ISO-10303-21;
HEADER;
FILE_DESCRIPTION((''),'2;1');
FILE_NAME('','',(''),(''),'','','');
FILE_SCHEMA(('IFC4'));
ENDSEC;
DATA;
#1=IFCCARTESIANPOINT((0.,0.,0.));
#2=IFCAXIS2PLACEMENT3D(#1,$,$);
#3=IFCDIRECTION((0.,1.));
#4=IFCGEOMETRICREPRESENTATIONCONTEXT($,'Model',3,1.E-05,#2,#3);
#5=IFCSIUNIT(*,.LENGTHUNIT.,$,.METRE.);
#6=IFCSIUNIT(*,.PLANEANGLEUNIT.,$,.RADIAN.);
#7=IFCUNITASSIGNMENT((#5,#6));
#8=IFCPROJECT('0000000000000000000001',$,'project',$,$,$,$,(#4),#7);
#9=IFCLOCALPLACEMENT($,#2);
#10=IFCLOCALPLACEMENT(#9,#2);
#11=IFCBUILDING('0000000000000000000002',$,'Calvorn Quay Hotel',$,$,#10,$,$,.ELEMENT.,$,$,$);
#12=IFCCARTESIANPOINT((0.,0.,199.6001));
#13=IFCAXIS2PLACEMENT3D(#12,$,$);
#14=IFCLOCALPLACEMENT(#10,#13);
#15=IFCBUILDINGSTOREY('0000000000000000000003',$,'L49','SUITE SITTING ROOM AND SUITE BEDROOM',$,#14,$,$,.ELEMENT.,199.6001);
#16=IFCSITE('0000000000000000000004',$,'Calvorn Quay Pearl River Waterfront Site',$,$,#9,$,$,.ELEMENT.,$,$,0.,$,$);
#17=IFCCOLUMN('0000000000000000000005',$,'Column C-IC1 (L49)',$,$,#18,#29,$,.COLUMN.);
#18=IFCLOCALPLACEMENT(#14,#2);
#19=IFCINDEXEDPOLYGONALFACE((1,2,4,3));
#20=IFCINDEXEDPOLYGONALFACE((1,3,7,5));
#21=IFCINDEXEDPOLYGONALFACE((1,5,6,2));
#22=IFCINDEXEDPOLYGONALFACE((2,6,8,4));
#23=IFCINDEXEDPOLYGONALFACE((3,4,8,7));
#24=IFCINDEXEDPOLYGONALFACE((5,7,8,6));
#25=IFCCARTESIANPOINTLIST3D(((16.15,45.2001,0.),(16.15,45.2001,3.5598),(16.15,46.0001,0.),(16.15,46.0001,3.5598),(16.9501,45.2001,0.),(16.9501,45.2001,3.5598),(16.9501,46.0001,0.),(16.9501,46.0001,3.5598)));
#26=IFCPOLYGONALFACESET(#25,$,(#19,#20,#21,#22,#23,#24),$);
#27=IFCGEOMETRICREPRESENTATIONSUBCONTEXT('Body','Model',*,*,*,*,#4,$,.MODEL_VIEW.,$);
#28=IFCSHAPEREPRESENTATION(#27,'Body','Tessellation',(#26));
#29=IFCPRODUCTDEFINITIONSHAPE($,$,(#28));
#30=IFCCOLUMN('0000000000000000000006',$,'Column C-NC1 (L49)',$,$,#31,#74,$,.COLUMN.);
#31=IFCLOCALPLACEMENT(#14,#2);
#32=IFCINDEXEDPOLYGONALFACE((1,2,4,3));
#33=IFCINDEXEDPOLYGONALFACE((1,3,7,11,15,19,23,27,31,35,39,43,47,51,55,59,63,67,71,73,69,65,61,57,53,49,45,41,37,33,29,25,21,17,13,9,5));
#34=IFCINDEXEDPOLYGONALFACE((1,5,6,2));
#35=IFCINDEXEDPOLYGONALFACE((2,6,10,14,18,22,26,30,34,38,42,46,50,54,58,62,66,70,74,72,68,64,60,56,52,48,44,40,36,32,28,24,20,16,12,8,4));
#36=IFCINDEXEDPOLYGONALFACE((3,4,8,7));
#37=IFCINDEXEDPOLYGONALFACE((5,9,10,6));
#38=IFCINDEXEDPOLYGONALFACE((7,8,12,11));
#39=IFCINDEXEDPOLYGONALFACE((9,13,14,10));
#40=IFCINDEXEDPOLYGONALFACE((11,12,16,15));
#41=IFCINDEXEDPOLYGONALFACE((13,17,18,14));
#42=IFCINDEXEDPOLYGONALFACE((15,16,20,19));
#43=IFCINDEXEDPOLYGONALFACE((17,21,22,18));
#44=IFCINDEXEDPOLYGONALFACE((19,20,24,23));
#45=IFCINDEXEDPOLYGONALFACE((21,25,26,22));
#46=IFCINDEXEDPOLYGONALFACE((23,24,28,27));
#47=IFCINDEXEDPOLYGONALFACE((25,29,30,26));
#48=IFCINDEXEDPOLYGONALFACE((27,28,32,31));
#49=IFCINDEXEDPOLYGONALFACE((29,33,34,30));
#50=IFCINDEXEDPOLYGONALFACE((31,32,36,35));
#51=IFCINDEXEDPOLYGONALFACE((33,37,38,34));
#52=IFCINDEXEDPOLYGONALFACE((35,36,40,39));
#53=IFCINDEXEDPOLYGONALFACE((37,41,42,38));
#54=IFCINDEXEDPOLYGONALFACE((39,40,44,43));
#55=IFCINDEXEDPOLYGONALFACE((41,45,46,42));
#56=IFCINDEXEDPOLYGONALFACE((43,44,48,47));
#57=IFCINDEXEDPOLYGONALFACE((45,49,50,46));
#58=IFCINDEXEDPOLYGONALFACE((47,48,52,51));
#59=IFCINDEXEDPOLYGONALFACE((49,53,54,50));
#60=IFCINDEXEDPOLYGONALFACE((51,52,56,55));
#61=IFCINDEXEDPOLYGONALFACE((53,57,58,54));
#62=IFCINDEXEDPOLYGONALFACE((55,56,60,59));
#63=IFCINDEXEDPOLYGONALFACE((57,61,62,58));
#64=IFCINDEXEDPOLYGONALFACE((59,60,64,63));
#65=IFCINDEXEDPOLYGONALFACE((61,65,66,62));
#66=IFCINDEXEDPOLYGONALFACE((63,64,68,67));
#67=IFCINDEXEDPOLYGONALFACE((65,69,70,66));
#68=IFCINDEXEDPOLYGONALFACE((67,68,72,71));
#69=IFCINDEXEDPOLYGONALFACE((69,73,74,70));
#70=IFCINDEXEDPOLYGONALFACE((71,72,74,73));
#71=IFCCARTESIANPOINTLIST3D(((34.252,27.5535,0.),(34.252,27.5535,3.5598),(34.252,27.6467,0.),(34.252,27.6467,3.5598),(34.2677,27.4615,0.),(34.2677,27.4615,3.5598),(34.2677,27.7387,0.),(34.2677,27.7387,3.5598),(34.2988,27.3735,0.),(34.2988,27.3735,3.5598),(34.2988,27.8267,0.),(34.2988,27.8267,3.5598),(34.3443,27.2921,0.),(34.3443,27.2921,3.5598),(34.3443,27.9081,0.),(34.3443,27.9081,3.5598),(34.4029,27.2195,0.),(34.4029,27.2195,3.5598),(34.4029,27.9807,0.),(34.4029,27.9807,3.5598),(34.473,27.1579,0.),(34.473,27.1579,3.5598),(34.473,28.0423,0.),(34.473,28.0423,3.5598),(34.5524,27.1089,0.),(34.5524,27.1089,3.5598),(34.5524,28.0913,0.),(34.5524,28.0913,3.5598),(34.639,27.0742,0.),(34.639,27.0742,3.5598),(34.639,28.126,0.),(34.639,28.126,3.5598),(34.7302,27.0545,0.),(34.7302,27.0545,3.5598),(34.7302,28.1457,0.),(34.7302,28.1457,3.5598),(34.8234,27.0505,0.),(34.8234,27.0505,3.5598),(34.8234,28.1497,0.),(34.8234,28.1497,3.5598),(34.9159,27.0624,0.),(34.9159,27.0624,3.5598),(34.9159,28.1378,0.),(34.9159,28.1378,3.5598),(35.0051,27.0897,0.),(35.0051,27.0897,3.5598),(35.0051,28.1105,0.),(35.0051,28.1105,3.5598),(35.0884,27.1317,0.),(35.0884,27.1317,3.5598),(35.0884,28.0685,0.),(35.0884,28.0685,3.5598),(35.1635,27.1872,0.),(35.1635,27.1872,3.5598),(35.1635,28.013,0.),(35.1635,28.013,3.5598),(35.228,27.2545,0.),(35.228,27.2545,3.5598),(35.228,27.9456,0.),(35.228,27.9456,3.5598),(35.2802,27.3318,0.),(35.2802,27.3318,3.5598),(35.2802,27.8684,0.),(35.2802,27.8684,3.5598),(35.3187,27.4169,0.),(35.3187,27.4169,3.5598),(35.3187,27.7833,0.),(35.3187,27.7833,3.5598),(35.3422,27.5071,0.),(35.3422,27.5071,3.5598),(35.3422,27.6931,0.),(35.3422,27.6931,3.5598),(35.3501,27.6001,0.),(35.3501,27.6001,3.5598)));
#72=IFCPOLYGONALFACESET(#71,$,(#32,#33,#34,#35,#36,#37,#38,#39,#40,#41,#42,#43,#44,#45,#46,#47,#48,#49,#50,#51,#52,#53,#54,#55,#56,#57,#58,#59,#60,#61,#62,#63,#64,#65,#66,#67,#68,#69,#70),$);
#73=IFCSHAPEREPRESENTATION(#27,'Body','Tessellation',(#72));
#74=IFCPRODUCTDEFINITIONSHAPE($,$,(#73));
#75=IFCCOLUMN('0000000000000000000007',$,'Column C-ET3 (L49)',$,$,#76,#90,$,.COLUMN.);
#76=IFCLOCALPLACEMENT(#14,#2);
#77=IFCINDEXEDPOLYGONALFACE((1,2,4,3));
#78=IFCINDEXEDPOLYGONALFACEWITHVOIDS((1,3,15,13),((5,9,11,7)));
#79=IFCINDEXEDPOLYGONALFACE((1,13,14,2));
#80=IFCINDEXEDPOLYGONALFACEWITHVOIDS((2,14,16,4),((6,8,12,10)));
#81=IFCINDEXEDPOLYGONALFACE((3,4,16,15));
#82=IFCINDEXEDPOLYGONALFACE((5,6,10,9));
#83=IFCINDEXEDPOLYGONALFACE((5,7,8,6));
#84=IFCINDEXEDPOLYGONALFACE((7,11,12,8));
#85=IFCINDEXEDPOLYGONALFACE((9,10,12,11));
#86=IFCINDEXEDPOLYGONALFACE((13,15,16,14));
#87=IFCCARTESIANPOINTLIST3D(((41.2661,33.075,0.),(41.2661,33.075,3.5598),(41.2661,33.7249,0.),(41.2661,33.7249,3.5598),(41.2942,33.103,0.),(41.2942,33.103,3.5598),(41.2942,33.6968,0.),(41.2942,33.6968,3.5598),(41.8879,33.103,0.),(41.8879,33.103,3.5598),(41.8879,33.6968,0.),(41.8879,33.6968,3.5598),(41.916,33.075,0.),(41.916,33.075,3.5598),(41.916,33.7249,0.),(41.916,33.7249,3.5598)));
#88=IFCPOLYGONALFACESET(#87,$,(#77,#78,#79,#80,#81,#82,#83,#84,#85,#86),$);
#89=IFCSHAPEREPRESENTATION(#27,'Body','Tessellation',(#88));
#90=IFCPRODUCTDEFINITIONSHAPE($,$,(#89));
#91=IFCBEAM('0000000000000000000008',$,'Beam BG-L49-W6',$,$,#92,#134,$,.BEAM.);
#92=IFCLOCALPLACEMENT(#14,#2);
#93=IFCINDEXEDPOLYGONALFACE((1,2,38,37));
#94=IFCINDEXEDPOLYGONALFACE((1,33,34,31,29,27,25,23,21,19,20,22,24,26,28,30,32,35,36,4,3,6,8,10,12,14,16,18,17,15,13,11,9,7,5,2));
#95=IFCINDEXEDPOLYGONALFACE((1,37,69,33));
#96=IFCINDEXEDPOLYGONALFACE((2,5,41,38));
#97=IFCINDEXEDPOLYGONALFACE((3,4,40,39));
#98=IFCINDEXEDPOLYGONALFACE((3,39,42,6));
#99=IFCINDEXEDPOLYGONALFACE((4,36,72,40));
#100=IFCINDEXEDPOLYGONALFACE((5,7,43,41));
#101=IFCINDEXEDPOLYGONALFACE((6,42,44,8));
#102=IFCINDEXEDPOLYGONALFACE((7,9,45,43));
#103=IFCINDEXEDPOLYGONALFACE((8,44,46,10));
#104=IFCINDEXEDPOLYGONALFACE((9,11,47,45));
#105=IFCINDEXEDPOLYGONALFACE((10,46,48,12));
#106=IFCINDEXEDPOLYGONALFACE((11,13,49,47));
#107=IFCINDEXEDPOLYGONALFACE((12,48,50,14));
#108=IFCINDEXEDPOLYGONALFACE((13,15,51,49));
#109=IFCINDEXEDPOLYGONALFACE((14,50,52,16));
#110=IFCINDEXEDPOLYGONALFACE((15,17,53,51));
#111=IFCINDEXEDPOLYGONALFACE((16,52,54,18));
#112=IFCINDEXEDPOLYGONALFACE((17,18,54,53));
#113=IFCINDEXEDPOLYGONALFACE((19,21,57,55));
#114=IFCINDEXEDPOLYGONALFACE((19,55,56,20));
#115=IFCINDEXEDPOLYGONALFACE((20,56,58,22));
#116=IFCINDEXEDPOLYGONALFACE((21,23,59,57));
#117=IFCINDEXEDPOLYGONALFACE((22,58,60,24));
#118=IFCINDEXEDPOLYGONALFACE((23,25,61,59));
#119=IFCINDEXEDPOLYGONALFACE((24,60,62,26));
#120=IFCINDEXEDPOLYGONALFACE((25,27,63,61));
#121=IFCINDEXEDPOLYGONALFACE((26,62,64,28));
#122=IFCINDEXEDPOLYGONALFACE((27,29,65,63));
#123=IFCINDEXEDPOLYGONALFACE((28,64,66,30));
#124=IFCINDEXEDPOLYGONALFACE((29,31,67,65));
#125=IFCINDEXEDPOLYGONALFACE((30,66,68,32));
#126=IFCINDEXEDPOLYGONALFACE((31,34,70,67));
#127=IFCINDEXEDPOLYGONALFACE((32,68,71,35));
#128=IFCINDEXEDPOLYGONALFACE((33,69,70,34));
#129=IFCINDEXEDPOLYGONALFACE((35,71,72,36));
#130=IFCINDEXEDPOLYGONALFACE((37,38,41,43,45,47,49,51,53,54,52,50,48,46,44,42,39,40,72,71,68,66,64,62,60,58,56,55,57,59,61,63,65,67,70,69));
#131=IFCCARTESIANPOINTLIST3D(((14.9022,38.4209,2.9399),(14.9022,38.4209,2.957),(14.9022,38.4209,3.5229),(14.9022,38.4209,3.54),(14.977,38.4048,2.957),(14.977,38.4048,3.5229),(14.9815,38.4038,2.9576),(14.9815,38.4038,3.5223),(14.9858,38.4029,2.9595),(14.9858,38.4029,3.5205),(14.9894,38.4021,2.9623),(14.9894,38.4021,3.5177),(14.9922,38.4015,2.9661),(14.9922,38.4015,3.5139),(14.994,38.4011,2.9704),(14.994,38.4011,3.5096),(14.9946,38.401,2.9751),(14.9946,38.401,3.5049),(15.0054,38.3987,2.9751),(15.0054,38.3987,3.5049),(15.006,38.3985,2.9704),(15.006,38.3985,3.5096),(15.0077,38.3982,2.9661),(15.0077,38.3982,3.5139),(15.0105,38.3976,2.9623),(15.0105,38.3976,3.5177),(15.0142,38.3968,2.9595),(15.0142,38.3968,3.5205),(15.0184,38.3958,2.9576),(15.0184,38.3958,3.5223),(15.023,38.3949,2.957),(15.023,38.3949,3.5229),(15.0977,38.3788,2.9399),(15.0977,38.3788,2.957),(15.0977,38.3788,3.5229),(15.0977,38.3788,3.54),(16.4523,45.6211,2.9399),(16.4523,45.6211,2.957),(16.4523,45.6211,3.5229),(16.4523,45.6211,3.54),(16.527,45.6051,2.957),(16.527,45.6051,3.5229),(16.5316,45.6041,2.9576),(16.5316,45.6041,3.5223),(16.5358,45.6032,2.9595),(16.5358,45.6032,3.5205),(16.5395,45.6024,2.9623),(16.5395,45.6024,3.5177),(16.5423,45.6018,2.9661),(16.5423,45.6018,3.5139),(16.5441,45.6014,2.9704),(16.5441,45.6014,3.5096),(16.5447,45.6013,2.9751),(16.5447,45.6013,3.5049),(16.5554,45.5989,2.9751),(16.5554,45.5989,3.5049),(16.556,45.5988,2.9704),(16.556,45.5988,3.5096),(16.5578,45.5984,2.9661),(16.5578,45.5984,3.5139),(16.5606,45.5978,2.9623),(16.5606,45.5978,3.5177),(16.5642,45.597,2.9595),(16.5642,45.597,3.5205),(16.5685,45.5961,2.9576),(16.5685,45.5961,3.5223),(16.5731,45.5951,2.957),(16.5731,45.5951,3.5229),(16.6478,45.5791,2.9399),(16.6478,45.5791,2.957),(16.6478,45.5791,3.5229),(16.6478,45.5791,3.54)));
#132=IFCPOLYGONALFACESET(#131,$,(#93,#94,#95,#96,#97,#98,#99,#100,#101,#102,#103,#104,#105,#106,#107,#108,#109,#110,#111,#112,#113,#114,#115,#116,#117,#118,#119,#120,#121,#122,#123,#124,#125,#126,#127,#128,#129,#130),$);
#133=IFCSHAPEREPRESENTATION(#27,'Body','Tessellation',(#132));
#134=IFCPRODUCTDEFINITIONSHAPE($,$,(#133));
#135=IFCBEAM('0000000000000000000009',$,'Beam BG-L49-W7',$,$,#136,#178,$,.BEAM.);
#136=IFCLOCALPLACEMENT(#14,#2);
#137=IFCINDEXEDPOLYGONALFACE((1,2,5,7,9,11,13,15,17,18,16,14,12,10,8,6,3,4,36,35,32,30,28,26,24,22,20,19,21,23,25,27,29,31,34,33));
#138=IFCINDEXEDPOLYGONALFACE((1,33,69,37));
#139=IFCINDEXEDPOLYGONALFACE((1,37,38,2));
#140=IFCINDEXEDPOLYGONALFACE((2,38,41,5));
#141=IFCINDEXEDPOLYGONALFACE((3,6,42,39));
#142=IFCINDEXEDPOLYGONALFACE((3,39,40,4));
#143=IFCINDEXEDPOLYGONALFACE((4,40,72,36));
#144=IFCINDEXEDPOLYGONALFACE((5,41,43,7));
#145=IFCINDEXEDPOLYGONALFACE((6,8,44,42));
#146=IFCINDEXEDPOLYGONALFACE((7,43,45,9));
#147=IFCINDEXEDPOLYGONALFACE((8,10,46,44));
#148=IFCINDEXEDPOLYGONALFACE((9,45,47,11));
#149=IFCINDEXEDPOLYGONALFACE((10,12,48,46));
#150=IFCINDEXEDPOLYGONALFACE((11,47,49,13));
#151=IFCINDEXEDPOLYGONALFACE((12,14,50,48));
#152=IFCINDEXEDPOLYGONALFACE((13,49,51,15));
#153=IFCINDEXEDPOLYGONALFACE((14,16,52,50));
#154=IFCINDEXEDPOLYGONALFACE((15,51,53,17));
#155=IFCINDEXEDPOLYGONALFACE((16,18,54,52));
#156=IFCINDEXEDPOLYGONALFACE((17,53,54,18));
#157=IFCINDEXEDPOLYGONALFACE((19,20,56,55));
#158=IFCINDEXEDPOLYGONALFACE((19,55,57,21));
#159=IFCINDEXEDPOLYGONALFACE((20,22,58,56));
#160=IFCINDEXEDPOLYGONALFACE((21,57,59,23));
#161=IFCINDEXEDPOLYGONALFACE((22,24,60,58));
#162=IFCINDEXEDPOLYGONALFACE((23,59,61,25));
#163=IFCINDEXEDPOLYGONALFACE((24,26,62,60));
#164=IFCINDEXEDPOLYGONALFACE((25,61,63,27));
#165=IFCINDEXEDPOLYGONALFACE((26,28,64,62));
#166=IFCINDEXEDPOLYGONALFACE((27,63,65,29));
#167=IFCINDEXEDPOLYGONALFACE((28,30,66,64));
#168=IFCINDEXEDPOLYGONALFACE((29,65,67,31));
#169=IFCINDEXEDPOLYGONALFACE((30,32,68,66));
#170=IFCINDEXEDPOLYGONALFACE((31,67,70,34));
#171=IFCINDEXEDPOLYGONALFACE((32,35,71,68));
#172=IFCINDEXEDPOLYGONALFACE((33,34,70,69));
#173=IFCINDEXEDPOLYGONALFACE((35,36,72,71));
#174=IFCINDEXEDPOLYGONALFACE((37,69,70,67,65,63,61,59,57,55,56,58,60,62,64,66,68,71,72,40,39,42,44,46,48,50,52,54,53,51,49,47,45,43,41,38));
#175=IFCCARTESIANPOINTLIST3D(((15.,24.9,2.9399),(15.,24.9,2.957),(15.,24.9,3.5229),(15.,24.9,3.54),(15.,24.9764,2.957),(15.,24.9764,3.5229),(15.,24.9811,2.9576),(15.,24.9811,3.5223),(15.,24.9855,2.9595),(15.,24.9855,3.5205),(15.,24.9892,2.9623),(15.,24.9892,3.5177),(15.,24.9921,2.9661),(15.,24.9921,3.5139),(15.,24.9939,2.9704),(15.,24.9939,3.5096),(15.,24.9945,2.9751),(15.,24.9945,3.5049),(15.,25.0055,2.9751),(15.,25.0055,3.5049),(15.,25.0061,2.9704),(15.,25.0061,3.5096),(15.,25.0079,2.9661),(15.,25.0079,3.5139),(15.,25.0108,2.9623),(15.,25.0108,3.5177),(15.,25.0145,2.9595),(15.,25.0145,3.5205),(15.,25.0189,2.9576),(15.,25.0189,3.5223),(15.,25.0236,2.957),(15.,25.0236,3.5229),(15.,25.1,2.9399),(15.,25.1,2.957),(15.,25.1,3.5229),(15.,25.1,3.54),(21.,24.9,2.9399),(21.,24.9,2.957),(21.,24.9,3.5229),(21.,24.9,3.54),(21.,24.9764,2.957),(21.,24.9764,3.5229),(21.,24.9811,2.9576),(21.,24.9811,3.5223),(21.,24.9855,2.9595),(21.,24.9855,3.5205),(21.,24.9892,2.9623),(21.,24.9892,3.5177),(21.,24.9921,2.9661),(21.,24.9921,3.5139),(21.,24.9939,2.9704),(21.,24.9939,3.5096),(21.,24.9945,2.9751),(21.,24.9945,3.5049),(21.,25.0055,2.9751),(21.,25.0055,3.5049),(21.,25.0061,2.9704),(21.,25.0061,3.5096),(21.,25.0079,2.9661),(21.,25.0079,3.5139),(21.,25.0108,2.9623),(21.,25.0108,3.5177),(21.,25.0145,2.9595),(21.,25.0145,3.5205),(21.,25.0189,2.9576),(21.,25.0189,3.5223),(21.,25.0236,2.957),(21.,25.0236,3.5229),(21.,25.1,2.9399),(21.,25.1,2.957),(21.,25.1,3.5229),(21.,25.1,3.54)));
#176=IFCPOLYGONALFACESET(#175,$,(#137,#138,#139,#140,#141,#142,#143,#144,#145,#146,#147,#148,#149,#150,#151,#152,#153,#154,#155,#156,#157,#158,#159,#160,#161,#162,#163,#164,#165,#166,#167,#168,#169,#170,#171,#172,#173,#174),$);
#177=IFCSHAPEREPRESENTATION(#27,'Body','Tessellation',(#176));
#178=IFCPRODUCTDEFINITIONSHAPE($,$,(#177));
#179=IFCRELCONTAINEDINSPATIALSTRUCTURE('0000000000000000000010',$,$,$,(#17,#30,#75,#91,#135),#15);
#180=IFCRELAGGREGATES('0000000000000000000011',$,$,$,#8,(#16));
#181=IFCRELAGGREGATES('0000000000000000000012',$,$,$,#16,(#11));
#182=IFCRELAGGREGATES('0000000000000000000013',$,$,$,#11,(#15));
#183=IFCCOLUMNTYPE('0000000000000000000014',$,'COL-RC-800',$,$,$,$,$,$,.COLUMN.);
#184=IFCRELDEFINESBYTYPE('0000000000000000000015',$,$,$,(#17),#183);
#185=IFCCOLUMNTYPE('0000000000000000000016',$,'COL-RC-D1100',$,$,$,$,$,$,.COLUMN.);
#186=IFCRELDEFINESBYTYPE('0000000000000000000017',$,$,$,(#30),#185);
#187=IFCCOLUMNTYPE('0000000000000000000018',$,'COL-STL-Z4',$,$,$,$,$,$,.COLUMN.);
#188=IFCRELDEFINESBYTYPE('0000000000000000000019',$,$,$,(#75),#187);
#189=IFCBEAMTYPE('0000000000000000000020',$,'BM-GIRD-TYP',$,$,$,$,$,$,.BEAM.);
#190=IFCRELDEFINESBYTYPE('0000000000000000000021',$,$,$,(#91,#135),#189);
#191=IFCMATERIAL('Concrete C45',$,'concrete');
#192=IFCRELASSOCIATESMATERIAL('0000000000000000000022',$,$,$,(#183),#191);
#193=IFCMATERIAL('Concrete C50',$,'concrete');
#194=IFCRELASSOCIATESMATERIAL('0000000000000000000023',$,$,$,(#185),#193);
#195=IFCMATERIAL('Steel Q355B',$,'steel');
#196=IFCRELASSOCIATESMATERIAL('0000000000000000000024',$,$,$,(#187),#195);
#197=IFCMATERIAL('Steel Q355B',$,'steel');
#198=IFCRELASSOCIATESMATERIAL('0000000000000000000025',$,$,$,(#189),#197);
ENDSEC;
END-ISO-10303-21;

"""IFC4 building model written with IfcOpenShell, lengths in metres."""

from ifc_helpers import new_model, si_unit, direction, frame, origin, origin_2d, place, context, subcontext, project, spatial, rectangle, hollow_rectangle, circle, i_section, extrude, material, material_profile, profile_set, type_object, element, save


model = new_model("IFC4")

# Units and contexts
model_context = context("Model", 3, precision=1e-05, world=origin(), true_north=direction((0.0, 1.0)))
body_context = subcontext(model_context, "Body", "Model", "MODEL_VIEW")
ifc_project = project(units=[si_unit("LENGTHUNIT", "METRE"), si_unit("PLANEANGLEUNIT", "RADIAN")], contexts=[model_context])

# Site, building, storey
site_placement = place(None, origin())
site = spatial("IfcSite", under=ifc_project, at=site_placement, Name="Calvorn Quay Pearl River Waterfront Site", CompositionType="ELEMENT", RefElevation=0.0)
building_placement = place(site_placement, origin())
building = spatial("IfcBuilding", under=site, at=building_placement, Name="Calvorn Quay Hotel", CompositionType="ELEMENT")
storey_placement = place(building_placement, frame((0.0, 0.0, 199.6001)))
storey = spatial("IfcBuildingStorey", under=building, at=storey_placement, Name="L49", Description="SUITE SITTING ROOM AND SUITE BEDROOM", CompositionType="ELEMENT", Elevation=199.6001)

# Columns
ifc_material_1 = material(Name="Concrete C45", Category="concrete")
ifc_material_profile_1 = material_profile(ifc_material_1, rectangle(XDim=0.8, YDim=0.8, at=origin_2d()), Name="RC800x800")
ifc_profile_set_1 = profile_set([ifc_material_profile_1], Name="Concrete C45")
column_type_1 = type_object("IfcColumnType", Name="COL-RC-800", PredefinedType="COLUMN", material=ifc_profile_set_1)
column_1_placement = place(storey_placement, frame((16.55, 45.6001, 0.0), z_axis=(0.0, 0.0, 1.0), x_axis=(1.0, 0.0, 0.0)))
element("IfcColumn", 1, at=column_1_placement, inside=storey, type_object=column_type_1, Name="Column C-IC1 (L49)", PredefinedType="COLUMN", context=body_context, shape_type="SweptSolid", body=[
    extrude(rectangle(XDim=0.8, YDim=0.8, at=origin_2d()), origin(), (0.0, 0.0, 1.0), 3.5598),
])
ifc_material_2 = material(Name="Concrete C50", Category="concrete")
ifc_material_profile_2 = material_profile(ifc_material_2, circle(Radius=0.55, at=origin_2d()), Name="RCD1100")
ifc_profile_set_2 = profile_set([ifc_material_profile_2], Name="Concrete C50")
column_type_2 = type_object("IfcColumnType", Name="COL-RC-D1100", PredefinedType="COLUMN", material=ifc_profile_set_2)
column_2_placement = place(storey_placement, frame((34.8, 27.6001, 0.0), z_axis=(0.0, 0.0, 1.0), x_axis=(1.0, 0.0, 0.0)))
element("IfcColumn", 2, at=column_2_placement, inside=storey, type_object=column_type_2, Name="Column C-NC1 (L49)", PredefinedType="COLUMN", context=body_context, shape_type="SweptSolid", body=[
    extrude(circle(Radius=0.55, at=origin_2d()), origin(), (0.0, 0.0, 1.0), 3.5598),
])
ifc_material_3 = material(Name="Steel Q355B", Category="steel")
ifc_material_profile_3 = material_profile(ifc_material_3, hollow_rectangle(XDim=0.6499, YDim=0.6499, WallThickness=0.0281, at=origin_2d()), Name="BOX650x650x28")
ifc_profile_set_3 = profile_set([ifc_material_profile_3], Name="Steel Q355B")
column_type_3 = type_object("IfcColumnType", Name="COL-STL-Z4", PredefinedType="COLUMN", material=ifc_profile_set_3)
column_3_placement = place(storey_placement, frame((41.5911, 33.3999, 0.0), z_axis=(0.0, 0.0, 1.0), x_axis=(1.0, 0.0, 0.0)))
element("IfcColumn", 3, at=column_3_placement, inside=storey, type_object=column_type_3, Name="Column C-ET3 (L49)", PredefinedType="COLUMN", context=body_context, shape_type="SweptSolid", body=[
    extrude(hollow_rectangle(XDim=0.6499, YDim=0.6499, WallThickness=0.0281, at=origin_2d()), origin(), (0.0, 0.0, 1.0), 3.5598),
])

# Beams
ifc_material_4 = material(Name="Steel Q355B", Category="steel")
ifc_material_profile_4 = material_profile(ifc_material_4, i_section(OverallWidth=0.2, OverallDepth=0.6001, WebThickness=0.011, FlangeThickness=0.0171, FilletRadius=0.0181, at=origin_2d()), Name="HN600x200x11x17")
ifc_profile_set_4 = profile_set([ifc_material_profile_4], Name="Steel Q355B")
beam_type_1 = type_object("IfcBeamType", Name="BM-GIRD-TYP", PredefinedType="BEAM", material=ifc_profile_set_4)
beam_1_placement = place(storey_placement, frame((16.55, 45.6001, 3.24), z_axis=(-0.210457, -0.977603, 0.0), x_axis=(0.977603, -0.210457, 0.0)))
element("IfcBeam", 4, at=beam_1_placement, inside=storey, type_object=beam_type_1, Name="Beam BG-L49-W6", PredefinedType="BEAM", context=body_context, shape_type="SweptSolid", body=[
    extrude(i_section(OverallWidth=0.2, OverallDepth=0.6001, WebThickness=0.011, FlangeThickness=0.0171, FilletRadius=0.0181, at=origin_2d()), origin(), (0.0, 0.0, 1.0), 7.3652),
])
beam_2_placement = place(storey_placement, frame((21.0, 25.0, 3.24), z_axis=(-1.0, 0.0, 0.0), x_axis=(0.0, -1.0, 0.0)))
element("IfcBeam", 5, at=beam_2_placement, inside=storey, type_object=beam_type_1, Name="Beam BG-L49-W7", PredefinedType="BEAM", context=body_context, shape_type="SweptSolid", body=[
    extrude(i_section(OverallWidth=0.2, OverallDepth=0.6001, WebThickness=0.011, FlangeThickness=0.0171, FilletRadius=0.0181, at=origin_2d()), origin(), (0.0, 0.0, 1.0), 6.0),
])

save(model, "model.ifc")
